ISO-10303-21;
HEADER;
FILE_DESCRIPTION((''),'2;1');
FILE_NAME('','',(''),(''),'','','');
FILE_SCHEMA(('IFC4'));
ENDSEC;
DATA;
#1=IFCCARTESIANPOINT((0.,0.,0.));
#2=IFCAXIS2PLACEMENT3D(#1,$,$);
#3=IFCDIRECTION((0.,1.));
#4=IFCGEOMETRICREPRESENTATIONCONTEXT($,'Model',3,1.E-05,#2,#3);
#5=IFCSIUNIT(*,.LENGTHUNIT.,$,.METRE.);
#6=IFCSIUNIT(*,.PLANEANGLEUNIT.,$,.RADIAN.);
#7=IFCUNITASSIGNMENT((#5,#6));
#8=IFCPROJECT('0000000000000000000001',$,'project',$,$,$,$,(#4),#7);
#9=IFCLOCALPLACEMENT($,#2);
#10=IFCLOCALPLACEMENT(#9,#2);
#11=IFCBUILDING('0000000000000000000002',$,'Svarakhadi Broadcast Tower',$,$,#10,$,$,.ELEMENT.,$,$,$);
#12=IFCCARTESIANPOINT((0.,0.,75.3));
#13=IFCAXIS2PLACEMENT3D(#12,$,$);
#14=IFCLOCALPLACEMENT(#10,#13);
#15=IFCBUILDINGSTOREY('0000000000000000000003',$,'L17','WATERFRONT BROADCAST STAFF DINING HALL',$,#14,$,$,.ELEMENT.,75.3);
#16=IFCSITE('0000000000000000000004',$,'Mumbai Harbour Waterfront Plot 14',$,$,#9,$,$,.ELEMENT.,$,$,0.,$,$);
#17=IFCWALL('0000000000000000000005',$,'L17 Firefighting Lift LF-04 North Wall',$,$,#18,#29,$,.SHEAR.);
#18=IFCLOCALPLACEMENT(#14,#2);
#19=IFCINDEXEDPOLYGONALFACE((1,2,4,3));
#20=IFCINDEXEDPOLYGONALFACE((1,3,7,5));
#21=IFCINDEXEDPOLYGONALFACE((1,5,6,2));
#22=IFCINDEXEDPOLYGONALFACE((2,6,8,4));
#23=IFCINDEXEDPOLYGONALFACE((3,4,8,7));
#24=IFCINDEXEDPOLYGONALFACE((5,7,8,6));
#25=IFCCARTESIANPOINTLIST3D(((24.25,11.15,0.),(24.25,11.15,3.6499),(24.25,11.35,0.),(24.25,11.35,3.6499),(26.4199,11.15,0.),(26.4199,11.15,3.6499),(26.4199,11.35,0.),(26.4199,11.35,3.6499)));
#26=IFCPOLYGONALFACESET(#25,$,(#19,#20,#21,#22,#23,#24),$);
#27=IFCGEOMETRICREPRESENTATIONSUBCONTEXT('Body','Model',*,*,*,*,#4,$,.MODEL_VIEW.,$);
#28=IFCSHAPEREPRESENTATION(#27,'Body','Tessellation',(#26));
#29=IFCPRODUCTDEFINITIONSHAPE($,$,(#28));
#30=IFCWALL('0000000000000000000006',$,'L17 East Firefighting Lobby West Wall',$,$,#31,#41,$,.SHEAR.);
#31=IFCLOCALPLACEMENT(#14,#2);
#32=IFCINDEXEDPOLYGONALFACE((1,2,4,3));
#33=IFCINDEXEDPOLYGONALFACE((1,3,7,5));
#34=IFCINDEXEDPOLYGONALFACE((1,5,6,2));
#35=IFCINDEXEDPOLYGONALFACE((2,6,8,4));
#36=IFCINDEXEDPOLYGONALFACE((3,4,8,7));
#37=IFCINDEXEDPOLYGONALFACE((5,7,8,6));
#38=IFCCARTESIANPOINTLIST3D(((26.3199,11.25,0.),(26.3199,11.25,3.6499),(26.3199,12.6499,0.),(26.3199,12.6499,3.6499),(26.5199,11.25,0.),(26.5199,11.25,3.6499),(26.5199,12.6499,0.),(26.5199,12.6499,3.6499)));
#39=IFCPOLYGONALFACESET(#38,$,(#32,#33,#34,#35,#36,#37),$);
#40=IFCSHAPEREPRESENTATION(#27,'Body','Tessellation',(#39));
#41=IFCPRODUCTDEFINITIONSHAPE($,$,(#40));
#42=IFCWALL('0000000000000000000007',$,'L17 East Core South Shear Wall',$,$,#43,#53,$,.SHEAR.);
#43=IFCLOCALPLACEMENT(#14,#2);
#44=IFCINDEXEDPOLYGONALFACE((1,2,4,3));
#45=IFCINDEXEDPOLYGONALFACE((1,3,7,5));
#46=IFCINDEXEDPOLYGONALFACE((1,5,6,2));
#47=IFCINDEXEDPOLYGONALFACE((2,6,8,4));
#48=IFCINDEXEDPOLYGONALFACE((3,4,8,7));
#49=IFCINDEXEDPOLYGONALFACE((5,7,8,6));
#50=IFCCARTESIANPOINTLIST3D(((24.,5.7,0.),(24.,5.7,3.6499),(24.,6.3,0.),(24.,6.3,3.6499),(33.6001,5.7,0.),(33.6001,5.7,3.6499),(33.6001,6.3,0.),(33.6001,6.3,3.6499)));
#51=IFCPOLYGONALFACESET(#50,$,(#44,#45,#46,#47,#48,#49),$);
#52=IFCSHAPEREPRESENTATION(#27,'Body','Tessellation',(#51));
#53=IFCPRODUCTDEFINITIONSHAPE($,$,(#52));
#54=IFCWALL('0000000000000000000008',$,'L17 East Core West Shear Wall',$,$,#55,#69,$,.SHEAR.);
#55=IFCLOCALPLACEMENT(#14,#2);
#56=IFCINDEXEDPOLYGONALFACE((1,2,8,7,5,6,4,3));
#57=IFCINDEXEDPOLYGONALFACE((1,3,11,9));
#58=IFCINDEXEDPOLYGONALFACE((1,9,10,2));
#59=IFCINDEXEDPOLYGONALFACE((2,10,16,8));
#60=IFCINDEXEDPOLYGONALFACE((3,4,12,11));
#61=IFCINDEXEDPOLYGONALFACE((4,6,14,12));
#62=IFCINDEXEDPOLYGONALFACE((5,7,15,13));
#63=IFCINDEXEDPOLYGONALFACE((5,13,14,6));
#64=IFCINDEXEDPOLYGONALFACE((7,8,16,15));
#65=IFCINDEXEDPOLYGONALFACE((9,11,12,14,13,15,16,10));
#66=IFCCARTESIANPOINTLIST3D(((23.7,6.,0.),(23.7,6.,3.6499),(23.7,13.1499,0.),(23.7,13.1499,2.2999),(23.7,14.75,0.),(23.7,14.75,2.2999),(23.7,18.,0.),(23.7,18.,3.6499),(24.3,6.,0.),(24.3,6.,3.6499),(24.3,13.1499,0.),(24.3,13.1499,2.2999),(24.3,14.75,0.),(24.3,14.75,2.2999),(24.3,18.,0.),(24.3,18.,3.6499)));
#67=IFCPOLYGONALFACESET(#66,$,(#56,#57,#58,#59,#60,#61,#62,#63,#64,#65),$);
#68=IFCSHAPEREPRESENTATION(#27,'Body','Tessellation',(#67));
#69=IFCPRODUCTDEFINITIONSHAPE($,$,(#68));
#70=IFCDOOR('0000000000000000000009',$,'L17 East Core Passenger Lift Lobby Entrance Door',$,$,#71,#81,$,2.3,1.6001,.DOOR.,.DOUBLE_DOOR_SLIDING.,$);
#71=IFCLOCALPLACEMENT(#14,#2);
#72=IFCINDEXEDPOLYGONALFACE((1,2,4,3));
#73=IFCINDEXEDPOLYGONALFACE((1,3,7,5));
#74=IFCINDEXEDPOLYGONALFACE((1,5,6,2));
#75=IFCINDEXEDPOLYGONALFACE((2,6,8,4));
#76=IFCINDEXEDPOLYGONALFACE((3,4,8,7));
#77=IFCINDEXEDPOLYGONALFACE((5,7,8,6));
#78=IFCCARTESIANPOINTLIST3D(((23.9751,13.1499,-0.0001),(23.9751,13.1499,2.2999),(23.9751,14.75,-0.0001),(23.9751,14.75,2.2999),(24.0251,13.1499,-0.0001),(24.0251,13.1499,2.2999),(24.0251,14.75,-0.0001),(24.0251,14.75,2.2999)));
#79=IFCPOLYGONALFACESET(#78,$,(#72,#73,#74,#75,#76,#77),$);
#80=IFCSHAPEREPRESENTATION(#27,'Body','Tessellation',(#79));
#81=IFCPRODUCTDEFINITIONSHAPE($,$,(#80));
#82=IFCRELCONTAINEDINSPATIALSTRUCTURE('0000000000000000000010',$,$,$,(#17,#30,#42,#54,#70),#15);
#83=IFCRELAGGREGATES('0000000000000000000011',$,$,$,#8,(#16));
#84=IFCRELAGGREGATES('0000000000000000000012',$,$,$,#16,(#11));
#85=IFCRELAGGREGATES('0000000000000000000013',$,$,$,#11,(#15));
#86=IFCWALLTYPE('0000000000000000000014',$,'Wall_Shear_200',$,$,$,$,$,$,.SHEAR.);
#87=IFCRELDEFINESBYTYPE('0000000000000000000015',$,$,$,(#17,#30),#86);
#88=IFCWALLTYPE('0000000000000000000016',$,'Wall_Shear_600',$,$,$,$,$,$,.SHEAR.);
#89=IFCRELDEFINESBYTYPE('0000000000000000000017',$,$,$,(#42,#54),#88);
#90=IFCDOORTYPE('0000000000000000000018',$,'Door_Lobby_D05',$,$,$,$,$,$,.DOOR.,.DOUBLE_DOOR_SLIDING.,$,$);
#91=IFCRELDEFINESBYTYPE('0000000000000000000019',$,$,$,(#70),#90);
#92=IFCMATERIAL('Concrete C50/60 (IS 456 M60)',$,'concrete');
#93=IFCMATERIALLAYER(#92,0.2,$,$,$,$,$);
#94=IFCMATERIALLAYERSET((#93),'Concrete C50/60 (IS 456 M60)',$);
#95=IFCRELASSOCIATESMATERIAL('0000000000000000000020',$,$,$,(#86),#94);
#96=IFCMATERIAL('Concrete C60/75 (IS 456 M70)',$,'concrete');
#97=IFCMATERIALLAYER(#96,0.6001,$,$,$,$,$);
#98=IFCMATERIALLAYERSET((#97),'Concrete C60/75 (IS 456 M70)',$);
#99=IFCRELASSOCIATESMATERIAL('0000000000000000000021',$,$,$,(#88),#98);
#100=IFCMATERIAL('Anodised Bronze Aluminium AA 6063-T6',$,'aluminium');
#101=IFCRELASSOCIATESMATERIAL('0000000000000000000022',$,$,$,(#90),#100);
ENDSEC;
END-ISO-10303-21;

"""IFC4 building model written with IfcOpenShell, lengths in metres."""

from ifc_helpers import new_model, si_unit, direction, frame, frame_2d, origin, place, context, subcontext, project, spatial, rectangle, extrude, material, layer, layer_set, type_object, element, fill, save


model = new_model("IFC4")

# Units and contexts
model_context = context("Model", 3, precision=1e-05, world=origin(), true_north=direction((0.0, 1.0)))
body_context = subcontext(model_context, "Body", "Model", "MODEL_VIEW")
ifc_project = project(units=[si_unit("LENGTHUNIT", "METRE"), si_unit("PLANEANGLEUNIT", "RADIAN")], contexts=[model_context])

# Site, building, storey
site_placement = place(None, origin())
site = spatial("IfcSite", under=ifc_project, at=site_placement, Name="Mumbai Harbour Waterfront Plot 14", CompositionType="ELEMENT", RefElevation=0.0)
building_placement = place(site_placement, origin())
building = spatial("IfcBuilding", under=site, at=building_placement, Name="Svarakhadi Broadcast Tower", CompositionType="ELEMENT")
storey_placement = place(building_placement, frame((0.0, 0.0, 75.3)))
storey = spatial("IfcBuildingStorey", under=building, at=storey_placement, Name="L17", Description="WATERFRONT BROADCAST STAFF DINING HALL", CompositionType="ELEMENT", Elevation=75.3)

# Shared definitions
ifc_material_1 = material(Name="Concrete C60/75 (IS 456 M70)", Category="concrete")

# Shared definitions
ifc_material_2 = material(Name="Anodised Bronze Aluminium AA 6063-T6", Category="aluminium")

# Shared definitions
ifc_material_3 = material(Name="Concrete C50/60 (IS 456 M60)", Category="concrete")
ifc_layer_1 = layer(ifc_material_3, 0.2)
ifc_layer_set_1 = layer_set([ifc_layer_1], Name="Concrete C50/60 (IS 456 M60)")
wall_type_1 = type_object("IfcWallType", Name="Wall_Shear_200", PredefinedType="SHEAR", material=ifc_layer_set_1)

# Walls
for number, where, z_axis, x_axis, name in (
    (1, (24.25, 11.25, 0.0), (0.0, 0.0, 1.0), (1.0, 0.0, 0.0), "L17 Firefighting Lift LF-04 North Wall"),
):
    element("IfcWall", number, at=place(storey_placement, frame(where, z_axis=z_axis, x_axis=x_axis)), inside=storey, type_object=wall_type_1, Name=name, PredefinedType="SHEAR", context=body_context, shape_type="SweptSolid", body=[
        extrude(rectangle(XDim=2.1699, YDim=0.2, at=frame_2d((1.085, 0.0))), origin(), (0.0, 0.0, 1.0), 3.6499),
    ])
wall_1_placement = place(storey_placement, frame((26.4199, 11.25, 0.0), z_axis=(0.0, 0.0, 1.0), x_axis=(0.0, 1.0, 0.0)))
element("IfcWall", 2, at=wall_1_placement, inside=storey, type_object=wall_type_1, Name="L17 East Firefighting Lobby West Wall", PredefinedType="SHEAR", context=body_context, shape_type="SweptSolid", body=[
    extrude(rectangle(XDim=1.3999, YDim=0.2, at=frame_2d((0.7, 0.0))), origin(), (0.0, 0.0, 1.0), 3.6499),
])
ifc_layer_2 = layer(ifc_material_1, 0.6001)
ifc_layer_set_2 = layer_set([ifc_layer_2], Name="Concrete C60/75 (IS 456 M70)")
wall_type_2 = type_object("IfcWallType", Name="Wall_Shear_600", PredefinedType="SHEAR", material=ifc_layer_set_2)
wall_2_placement = place(storey_placement, frame((24.0, 6.0, 0.0), z_axis=(0.0, 0.0, 1.0), x_axis=(1.0, 0.0, 0.0)))
element("IfcWall", 3, at=wall_2_placement, inside=storey, type_object=wall_type_2, Name="L17 East Core South Shear Wall", PredefinedType="SHEAR", context=body_context, shape_type="SweptSolid", body=[
    extrude(rectangle(XDim=9.6001, YDim=0.6001, at=frame_2d((4.8, 0.0))), origin(), (0.0, 0.0, 1.0), 3.6499),
])

# Wall, opening, door
wall_3_placement = place(storey_placement, frame((24.0, 6.0, 0.0), z_axis=(0.0, 0.0, 1.0), x_axis=(0.0, 1.0, 0.0)))
wall_3 = element("IfcWall", 4, at=wall_3_placement, inside=storey, type_object=wall_type_2, Name="L17 East Core West Shear Wall", PredefinedType="SHEAR", context=body_context, shape_type="SweptSolid", body=[
    extrude(rectangle(XDim=12.0, YDim=0.6001, at=frame_2d((6.0, 0.0))), origin(), (0.0, 0.0, 1.0), 3.6499),
])
opening_1_placement = place(wall_3_placement, frame((7.1499, 0.0, 0.0)))
opening_1 = element("IfcOpeningElement", 5, at=opening_1_placement, cuts=wall_3, PredefinedType="OPENING", context=body_context, shape_type="SweptSolid", body=[
    extrude(rectangle(XDim=1.6001, YDim=2.3, at=frame_2d((0.8, 1.1499))), frame((0.0, 0.3101, 0.0), z_axis=(0.0, -1.0, 0.0), x_axis=(1.0, 0.0, 0.0)), (0.0, 0.0, 1.0), 0.6201),
])
door_type_1 = type_object("IfcDoorType", Name="Door_Lobby_D05", OperationType="DOUBLE_DOOR_SLIDING", PredefinedType="DOOR", material=ifc_material_2)
door_1_placement = place(opening_1_placement, origin())
door_1 = element("IfcDoor", 6, at=door_1_placement, inside=storey, type_object=door_type_1, Name="L17 East Core Passenger Lift Lobby Entrance Door", OperationType="DOUBLE_DOOR_SLIDING", OverallHeight=2.3, OverallWidth=1.6001, PredefinedType="DOOR", context=body_context, shape_type="SweptSolid", body=[
    extrude(rectangle(XDim=1.6001, YDim=2.3, at=frame_2d((0.8, 1.1499))), frame((0.0, 0.0249, 0.0), z_axis=(0.0, -1.0, 0.0), x_axis=(1.0, 0.0, 0.0)), (0.0, 0.0, 1.0), 0.05),
])
fill(opening_1, door_1)

save(model, "model.ifc")
